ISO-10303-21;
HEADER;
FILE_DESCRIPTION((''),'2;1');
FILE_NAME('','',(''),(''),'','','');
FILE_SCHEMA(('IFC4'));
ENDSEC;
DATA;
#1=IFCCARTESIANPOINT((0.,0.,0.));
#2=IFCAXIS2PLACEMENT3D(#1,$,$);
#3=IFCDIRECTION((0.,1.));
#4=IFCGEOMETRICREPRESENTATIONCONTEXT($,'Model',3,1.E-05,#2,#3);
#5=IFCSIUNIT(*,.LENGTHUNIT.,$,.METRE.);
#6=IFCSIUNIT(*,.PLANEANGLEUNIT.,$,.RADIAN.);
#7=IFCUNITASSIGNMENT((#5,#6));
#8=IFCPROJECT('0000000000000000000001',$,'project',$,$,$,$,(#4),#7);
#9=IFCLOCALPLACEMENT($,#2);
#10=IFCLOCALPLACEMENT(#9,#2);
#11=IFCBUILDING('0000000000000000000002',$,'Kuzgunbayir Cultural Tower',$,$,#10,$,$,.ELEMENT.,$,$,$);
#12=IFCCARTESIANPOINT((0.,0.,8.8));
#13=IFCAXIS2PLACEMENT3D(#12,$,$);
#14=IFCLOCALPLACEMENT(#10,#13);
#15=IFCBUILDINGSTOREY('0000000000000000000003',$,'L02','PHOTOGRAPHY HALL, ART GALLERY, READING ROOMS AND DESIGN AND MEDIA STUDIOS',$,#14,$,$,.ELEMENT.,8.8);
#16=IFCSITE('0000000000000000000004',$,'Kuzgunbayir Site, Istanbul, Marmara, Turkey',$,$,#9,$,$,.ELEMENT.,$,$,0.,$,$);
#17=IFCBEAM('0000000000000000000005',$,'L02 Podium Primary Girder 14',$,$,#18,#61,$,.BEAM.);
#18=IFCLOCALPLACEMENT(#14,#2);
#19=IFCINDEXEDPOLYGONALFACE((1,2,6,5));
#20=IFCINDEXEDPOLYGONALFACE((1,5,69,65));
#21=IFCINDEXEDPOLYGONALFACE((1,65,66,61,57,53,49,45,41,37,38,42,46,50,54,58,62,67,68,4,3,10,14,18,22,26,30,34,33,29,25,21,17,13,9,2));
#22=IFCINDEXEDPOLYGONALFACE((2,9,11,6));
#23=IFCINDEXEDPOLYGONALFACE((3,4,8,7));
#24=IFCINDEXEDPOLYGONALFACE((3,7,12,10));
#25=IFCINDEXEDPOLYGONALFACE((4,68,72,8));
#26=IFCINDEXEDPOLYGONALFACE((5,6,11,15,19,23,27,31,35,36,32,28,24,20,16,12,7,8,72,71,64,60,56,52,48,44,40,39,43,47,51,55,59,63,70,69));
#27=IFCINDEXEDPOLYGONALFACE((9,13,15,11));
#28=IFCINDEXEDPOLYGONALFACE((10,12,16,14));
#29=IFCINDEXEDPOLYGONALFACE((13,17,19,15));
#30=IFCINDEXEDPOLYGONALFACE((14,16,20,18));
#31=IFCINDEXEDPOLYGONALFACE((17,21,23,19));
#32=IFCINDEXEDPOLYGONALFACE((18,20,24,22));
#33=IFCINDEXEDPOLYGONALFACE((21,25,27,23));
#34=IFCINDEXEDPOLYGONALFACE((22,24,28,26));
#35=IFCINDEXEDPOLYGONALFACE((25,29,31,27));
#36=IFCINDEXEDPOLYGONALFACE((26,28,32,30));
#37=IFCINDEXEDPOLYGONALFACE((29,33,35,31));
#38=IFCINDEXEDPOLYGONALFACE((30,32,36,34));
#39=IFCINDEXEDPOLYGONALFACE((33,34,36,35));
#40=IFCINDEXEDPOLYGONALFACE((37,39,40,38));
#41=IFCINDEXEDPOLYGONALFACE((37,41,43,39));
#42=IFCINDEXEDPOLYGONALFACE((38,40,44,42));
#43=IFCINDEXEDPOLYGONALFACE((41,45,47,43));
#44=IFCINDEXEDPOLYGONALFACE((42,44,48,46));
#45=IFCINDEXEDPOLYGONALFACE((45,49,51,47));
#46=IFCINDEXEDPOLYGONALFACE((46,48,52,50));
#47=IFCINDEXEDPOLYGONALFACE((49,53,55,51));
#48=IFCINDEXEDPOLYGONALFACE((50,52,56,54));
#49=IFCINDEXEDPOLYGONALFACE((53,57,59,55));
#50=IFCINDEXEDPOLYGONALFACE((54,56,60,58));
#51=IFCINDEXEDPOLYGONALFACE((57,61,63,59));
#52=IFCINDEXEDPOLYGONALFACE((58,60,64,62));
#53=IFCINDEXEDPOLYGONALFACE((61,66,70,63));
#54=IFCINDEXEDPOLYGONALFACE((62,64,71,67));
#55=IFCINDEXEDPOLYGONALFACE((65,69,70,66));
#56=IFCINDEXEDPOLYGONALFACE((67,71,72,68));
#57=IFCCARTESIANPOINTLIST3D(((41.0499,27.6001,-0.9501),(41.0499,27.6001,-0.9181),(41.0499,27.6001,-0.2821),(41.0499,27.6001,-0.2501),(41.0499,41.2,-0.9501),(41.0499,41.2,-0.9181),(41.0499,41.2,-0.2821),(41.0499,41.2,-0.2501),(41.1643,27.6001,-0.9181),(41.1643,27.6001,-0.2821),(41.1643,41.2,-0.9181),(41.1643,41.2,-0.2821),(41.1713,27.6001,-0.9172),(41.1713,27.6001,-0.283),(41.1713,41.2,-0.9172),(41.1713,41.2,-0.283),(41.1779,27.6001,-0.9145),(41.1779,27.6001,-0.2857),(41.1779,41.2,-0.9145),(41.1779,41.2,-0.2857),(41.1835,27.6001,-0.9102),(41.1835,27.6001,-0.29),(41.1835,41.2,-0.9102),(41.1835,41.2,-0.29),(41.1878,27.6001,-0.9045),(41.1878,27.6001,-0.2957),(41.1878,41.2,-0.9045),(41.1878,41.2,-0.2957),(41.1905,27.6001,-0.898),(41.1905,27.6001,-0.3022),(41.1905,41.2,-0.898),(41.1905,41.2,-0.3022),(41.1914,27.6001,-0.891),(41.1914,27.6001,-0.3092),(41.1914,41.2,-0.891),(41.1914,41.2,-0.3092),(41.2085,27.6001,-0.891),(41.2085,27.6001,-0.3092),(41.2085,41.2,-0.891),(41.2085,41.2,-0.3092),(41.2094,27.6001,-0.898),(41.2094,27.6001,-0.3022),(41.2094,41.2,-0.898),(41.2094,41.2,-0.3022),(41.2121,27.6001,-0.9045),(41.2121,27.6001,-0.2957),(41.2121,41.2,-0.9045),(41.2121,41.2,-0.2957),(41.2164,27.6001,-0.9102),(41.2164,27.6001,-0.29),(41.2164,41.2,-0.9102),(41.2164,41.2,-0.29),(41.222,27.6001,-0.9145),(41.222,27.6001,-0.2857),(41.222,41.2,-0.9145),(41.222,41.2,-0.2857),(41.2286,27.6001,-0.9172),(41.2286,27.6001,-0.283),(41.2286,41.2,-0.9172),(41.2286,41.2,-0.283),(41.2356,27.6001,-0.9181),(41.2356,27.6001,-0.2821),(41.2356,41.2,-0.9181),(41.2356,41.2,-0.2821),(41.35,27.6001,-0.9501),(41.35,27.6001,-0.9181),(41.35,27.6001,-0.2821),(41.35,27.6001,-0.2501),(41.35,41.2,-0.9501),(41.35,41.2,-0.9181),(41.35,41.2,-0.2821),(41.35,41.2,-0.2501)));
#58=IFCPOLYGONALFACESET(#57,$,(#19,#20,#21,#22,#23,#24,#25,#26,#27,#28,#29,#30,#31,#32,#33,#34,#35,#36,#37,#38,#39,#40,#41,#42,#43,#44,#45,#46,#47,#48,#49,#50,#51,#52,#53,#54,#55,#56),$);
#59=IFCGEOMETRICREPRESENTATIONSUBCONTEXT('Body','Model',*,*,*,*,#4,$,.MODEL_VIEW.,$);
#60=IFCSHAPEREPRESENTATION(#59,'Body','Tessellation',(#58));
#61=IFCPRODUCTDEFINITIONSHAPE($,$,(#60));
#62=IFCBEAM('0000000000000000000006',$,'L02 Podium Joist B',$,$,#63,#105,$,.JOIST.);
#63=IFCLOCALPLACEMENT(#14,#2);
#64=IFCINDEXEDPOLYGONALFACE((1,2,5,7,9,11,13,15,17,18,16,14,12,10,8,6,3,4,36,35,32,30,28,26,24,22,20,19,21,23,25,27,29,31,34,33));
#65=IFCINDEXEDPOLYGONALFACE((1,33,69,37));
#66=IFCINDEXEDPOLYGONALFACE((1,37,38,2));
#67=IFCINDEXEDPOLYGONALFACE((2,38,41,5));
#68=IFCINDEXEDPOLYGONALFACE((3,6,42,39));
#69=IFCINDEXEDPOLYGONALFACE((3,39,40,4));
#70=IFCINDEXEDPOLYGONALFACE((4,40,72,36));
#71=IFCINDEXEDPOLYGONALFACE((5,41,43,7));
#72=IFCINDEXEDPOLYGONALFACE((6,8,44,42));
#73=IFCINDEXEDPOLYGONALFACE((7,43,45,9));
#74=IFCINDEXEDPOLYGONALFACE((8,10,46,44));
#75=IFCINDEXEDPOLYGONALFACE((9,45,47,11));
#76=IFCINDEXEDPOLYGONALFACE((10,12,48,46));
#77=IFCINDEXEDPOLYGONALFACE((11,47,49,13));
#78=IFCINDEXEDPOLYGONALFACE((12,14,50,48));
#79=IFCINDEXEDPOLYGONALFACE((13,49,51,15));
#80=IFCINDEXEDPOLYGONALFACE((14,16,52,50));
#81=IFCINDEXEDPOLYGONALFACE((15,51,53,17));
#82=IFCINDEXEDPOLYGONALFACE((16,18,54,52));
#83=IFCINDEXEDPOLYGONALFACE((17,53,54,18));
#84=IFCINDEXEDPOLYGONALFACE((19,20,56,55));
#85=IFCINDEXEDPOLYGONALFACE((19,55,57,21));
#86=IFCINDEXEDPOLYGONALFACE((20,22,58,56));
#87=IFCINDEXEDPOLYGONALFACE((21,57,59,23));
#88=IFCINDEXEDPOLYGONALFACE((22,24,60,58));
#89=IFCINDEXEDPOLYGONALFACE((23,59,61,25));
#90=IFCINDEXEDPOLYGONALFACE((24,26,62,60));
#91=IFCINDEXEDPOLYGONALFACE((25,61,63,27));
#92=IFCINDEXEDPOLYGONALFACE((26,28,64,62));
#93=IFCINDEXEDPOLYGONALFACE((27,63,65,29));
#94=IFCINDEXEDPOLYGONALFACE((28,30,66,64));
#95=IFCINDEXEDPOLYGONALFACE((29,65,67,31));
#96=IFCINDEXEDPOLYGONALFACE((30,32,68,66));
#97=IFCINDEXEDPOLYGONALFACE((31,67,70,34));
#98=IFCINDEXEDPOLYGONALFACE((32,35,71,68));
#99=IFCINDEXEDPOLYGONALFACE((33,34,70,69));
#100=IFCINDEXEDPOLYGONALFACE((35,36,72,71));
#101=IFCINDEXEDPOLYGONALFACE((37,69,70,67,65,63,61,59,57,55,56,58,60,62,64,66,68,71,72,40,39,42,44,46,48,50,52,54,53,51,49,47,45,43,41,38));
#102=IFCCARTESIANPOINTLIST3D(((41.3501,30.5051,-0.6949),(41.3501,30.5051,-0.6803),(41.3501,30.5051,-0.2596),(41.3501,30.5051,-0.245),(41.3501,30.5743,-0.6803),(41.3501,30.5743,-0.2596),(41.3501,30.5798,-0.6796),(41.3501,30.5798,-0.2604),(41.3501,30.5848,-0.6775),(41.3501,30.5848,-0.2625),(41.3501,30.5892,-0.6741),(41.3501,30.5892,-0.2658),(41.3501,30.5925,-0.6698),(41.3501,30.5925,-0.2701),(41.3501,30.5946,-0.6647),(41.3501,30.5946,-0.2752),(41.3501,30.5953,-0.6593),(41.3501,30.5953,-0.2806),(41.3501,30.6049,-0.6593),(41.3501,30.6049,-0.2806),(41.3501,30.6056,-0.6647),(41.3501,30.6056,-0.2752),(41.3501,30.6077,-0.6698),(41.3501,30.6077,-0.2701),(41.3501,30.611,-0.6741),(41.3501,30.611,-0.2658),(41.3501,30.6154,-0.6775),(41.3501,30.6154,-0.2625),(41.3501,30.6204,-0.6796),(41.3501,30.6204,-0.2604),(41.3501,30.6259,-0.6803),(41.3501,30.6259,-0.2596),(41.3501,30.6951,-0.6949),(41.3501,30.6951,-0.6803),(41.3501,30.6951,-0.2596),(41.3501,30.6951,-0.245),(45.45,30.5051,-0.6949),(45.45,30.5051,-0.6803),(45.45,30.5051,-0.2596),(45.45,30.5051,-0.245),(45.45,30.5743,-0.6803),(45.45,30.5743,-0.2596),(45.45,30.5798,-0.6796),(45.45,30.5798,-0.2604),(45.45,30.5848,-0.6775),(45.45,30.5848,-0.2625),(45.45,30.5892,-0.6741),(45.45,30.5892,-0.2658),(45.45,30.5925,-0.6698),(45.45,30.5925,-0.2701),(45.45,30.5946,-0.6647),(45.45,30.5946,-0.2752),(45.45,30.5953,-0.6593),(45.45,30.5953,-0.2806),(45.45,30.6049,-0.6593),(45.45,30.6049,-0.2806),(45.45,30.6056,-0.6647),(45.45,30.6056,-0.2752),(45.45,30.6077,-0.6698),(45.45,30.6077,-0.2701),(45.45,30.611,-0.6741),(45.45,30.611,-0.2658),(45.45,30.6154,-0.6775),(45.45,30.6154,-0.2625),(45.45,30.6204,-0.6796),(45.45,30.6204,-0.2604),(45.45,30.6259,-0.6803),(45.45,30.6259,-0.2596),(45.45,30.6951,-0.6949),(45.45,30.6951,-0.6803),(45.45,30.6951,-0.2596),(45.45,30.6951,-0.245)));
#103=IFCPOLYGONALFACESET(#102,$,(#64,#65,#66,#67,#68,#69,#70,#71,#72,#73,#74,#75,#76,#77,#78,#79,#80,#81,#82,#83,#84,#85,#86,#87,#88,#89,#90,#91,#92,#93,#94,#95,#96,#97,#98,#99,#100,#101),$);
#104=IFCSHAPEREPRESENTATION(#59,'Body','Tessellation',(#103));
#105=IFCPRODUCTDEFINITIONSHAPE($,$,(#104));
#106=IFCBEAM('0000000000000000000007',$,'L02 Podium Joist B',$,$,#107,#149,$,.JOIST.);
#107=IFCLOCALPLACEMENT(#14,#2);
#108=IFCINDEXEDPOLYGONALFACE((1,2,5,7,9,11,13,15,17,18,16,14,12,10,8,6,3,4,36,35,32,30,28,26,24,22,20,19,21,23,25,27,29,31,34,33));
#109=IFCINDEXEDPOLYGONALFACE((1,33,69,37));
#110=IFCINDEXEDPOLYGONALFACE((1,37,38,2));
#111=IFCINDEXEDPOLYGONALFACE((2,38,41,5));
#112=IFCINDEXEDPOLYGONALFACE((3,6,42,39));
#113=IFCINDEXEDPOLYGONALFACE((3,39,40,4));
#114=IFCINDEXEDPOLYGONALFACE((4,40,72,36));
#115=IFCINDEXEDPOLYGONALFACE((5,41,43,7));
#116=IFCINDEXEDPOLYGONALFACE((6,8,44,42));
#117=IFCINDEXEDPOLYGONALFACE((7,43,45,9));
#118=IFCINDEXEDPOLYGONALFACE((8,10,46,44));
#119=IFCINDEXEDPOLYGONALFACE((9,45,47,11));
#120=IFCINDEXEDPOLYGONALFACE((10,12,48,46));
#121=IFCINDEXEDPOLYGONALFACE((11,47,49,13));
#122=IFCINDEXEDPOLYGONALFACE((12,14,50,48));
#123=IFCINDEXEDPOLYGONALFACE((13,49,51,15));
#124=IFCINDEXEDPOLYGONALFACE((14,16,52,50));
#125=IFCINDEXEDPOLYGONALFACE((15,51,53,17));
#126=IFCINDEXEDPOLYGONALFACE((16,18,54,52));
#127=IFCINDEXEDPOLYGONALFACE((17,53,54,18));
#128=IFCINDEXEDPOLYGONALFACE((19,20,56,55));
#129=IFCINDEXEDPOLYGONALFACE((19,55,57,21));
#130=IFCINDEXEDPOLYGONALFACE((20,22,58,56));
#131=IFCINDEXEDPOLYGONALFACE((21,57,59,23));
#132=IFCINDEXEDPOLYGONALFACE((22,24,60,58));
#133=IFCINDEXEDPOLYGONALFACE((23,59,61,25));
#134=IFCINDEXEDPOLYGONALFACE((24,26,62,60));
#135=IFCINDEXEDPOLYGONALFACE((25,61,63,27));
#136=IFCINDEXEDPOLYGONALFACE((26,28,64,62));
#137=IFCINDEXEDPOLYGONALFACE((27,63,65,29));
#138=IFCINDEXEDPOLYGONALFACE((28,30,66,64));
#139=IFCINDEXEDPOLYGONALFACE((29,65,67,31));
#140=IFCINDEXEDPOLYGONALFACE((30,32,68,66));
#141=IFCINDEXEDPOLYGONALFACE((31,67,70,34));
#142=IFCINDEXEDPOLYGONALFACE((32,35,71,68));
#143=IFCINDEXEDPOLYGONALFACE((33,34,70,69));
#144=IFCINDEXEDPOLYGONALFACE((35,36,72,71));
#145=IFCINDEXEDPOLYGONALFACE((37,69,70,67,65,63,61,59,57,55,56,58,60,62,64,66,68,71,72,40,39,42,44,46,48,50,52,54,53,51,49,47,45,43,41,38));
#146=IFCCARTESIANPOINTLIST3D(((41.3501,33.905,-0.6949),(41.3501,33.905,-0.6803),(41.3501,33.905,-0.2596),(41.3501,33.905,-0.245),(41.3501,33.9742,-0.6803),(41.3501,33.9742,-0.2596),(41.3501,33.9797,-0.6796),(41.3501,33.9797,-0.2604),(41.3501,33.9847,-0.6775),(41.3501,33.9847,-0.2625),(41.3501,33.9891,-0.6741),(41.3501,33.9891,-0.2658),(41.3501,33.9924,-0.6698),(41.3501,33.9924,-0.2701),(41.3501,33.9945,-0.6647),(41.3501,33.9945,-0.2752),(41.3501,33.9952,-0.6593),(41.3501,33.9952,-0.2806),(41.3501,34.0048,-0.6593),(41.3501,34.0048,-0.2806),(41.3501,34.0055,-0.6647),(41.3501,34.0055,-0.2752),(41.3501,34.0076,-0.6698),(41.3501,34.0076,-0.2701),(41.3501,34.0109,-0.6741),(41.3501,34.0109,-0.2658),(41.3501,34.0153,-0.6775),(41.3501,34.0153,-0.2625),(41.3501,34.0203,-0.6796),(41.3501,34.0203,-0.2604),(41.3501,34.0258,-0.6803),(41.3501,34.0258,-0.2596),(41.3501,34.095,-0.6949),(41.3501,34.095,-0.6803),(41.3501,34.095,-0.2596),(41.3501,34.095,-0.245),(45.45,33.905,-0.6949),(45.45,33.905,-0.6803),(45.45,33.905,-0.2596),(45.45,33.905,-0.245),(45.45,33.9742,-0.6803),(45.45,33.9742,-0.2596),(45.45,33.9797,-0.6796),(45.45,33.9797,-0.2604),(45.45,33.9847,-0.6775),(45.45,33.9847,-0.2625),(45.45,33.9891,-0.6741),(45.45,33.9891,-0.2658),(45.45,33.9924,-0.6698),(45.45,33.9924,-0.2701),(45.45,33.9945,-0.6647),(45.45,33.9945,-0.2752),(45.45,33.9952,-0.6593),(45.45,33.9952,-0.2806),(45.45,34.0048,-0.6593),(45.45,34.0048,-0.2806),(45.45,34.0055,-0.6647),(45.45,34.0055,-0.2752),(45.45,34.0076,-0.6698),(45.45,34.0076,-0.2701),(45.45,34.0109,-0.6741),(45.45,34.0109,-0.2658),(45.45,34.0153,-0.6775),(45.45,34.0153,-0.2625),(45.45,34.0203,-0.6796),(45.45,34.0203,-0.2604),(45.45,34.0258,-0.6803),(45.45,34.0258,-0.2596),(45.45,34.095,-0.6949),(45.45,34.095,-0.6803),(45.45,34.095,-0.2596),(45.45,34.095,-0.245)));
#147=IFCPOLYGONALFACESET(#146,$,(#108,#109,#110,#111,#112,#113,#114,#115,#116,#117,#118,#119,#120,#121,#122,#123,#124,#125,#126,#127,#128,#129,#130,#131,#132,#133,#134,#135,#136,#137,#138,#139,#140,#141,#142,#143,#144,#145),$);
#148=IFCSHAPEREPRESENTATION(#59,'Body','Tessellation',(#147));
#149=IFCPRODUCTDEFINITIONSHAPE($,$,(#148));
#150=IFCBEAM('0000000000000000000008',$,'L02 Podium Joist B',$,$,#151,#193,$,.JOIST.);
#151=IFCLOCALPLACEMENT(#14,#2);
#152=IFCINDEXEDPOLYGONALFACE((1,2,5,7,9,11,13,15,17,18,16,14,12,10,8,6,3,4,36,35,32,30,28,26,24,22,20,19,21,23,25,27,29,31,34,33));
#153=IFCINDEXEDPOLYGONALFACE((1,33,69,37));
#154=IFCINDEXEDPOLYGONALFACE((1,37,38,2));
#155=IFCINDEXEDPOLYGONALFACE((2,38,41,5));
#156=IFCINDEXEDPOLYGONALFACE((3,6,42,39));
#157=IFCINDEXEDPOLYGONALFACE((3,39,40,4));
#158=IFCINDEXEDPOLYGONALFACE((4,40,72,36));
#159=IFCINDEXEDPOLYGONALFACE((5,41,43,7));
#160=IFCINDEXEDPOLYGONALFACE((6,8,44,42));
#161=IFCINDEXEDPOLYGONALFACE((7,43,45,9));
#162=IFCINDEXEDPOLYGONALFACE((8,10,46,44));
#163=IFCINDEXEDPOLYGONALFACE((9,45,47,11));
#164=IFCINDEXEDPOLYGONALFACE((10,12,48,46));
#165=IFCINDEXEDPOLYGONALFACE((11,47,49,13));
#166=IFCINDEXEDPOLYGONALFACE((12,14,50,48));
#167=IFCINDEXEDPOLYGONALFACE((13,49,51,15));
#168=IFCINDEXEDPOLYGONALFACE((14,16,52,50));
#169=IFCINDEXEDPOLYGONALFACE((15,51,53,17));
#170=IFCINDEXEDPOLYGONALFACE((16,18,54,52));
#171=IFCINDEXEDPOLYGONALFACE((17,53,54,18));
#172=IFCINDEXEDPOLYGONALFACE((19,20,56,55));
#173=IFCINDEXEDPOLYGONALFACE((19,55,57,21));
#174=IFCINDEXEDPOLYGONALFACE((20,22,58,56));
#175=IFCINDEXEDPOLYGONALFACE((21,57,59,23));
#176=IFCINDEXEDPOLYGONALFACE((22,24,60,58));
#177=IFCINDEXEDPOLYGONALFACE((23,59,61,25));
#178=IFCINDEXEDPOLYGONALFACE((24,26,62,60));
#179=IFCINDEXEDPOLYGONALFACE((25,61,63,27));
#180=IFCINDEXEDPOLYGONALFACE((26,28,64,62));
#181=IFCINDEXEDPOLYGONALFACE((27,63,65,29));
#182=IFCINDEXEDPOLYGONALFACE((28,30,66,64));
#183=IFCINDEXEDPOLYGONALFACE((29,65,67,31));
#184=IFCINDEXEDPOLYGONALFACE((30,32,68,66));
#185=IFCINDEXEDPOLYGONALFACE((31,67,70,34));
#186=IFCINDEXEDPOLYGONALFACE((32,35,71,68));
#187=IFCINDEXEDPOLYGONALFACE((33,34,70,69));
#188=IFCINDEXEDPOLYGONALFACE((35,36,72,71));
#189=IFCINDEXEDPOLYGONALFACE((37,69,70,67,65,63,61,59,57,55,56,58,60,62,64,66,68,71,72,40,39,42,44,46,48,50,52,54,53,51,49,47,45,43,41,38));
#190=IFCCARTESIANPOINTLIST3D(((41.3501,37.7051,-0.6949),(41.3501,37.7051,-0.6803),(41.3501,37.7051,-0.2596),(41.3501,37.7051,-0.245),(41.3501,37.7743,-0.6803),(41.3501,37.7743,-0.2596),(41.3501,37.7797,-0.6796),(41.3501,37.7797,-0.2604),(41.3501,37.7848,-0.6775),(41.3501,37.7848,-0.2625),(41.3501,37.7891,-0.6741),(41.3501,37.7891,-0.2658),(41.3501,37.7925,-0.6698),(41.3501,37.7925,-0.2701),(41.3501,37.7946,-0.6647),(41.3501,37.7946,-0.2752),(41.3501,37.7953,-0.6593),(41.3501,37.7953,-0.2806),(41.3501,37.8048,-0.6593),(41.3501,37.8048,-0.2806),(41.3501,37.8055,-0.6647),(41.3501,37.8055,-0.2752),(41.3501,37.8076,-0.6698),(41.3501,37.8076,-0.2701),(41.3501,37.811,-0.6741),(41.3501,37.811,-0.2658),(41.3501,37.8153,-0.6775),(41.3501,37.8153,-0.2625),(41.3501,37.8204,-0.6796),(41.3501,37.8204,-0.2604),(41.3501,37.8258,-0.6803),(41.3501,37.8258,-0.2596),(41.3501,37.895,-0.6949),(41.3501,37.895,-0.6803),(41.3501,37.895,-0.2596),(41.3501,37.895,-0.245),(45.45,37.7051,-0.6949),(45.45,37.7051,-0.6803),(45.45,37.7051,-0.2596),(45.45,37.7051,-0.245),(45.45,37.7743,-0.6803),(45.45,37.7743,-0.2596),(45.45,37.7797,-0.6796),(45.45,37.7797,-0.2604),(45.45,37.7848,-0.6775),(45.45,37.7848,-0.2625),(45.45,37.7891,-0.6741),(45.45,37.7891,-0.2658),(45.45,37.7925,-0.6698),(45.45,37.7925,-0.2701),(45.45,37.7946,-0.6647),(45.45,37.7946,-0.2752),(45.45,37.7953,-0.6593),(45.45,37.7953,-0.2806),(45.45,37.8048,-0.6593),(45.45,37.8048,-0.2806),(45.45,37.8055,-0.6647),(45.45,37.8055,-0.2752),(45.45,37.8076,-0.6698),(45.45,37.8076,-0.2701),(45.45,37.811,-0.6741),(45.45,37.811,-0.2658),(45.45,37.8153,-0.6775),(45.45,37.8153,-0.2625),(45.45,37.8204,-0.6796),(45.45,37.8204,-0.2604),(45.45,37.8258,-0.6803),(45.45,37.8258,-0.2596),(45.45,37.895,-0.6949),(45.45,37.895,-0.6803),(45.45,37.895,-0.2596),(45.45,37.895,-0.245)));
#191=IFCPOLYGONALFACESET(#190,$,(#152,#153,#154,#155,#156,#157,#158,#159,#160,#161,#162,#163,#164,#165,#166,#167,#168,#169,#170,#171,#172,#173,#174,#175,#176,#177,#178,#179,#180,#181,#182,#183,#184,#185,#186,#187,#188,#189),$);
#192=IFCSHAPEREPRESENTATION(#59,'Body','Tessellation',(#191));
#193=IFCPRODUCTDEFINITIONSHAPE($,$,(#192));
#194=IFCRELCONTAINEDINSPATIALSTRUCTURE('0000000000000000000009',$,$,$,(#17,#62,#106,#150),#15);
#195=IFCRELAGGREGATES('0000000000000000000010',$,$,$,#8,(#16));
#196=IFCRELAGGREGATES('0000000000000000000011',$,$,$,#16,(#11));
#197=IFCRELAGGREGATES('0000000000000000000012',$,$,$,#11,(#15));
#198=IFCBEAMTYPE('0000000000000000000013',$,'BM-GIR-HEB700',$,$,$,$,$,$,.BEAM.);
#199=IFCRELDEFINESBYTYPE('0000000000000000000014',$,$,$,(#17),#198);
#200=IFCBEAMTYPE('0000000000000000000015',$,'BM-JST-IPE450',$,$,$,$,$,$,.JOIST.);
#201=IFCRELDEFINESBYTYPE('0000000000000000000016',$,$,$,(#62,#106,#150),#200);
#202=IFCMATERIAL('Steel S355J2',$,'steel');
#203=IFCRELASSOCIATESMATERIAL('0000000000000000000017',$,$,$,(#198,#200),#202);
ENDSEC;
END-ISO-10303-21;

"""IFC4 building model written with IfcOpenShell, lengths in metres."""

from ifc_helpers import new_model, si_unit, direction, frame, origin, origin_2d, place, context, subcontext, project, spatial, i_section, extrude, material, material_profile, profile_set, type_object, element, save


model = new_model("IFC4")

# Units and contexts
model_context = context("Model", 3, precision=1e-05, world=origin(), true_north=direction((0.0, 1.0)))
body_context = subcontext(model_context, "Body", "Model", "MODEL_VIEW")
ifc_project = project(units=[si_unit("LENGTHUNIT", "METRE"), si_unit("PLANEANGLEUNIT", "RADIAN")], contexts=[model_context])

# Site, building, storey
site_placement = place(None, origin())
site = spatial("IfcSite", under=ifc_project, at=site_placement, Name="Kuzgunbayir Site, Istanbul, Marmara, Turkey", CompositionType="ELEMENT", RefElevation=0.0)
building_placement = place(site_placement, origin())
building = spatial("IfcBuilding", under=site, at=building_placement, Name="Kuzgunbayir Cultural Tower", CompositionType="ELEMENT")
storey_placement = place(building_placement, frame((0.0, 0.0, 8.8)))
storey = spatial("IfcBuildingStorey", under=building, at=storey_placement, Name="L02", Description="PHOTOGRAPHY HALL, ART GALLERY, READING ROOMS AND DESIGN AND MEDIA STUDIOS", CompositionType="ELEMENT", Elevation=8.8)

# Beams
ifc_material_1 = material(Name="Steel S355J2", Category="steel")
ifc_material_profile_1 = material_profile(ifc_material_1, i_section(OverallWidth=0.3, OverallDepth=0.7, WebThickness=0.0171, FlangeThickness=0.032, FilletRadius=0.0271, at=origin_2d()), Name="HEB 700")
ifc_profile_set_1 = profile_set([ifc_material_profile_1], Name="Steel S355J2")
beam_type_1 = type_object("IfcBeamType", Name="BM-GIR-HEB700", PredefinedType="BEAM", material=ifc_profile_set_1)
beam_1_placement = place(storey_placement, frame((41.2, 27.6001, -0.6001), z_axis=(0.0, 1.0, 0.0), x_axis=(-1.0, 0.0, 0.0)))
element("IfcBeam", 1, at=beam_1_placement, inside=storey, type_object=beam_type_1, Name="L02 Podium Primary Girder 14", PredefinedType="BEAM", context=body_context, shape_type="SweptSolid", body=[
    extrude(i_section(OverallWidth=0.3, OverallDepth=0.7, WebThickness=0.0171, FlangeThickness=0.032, FilletRadius=0.0271, at=origin_2d()), origin(), (0.0, 0.0, 1.0), 13.5999),
])
ifc_material_profile_2 = material_profile(ifc_material_1, i_section(OverallWidth=0.1899, OverallDepth=0.45, WebThickness=0.0095, FlangeThickness=0.0146, FilletRadius=0.021, at=origin_2d()), Name="IPE 450")
ifc_profile_set_2 = profile_set([ifc_material_profile_2], Name="Steel S355J2")
beam_type_2 = type_object("IfcBeamType", Name="BM-JST-IPE450", PredefinedType="JOIST", material=ifc_profile_set_2)
for number, where, z_axis, x_axis, name in (
    (2, (41.3501, 30.6001, -0.47), (1.0, 0.0, 0.0), (0.0, 1.0, 0.0), "L02 Podium Joist B"),
    (3, (41.3501, 34.0, -0.47), (1.0, 0.0, 0.0), (0.0, 1.0, 0.0), "L02 Podium Joist B"),
    (4, (41.3501, 37.8, -0.47), (1.0, 0.0, 0.0), (0.0, 1.0, 0.0), "L02 Podium Joist B"),
):
    element("IfcBeam", number, at=place(storey_placement, frame(where, z_axis=z_axis, x_axis=x_axis)), inside=storey, type_object=beam_type_2, Name=name, PredefinedType="JOIST", context=body_context, shape_type="SweptSolid", body=[
        extrude(i_section(OverallWidth=0.1899, OverallDepth=0.45, WebThickness=0.0095, FlangeThickness=0.0146, FilletRadius=0.021, at=origin_2d()), origin(), (0.0, 0.0, 1.0), 4.0999),
    ])

save(model, "model.ifc")
